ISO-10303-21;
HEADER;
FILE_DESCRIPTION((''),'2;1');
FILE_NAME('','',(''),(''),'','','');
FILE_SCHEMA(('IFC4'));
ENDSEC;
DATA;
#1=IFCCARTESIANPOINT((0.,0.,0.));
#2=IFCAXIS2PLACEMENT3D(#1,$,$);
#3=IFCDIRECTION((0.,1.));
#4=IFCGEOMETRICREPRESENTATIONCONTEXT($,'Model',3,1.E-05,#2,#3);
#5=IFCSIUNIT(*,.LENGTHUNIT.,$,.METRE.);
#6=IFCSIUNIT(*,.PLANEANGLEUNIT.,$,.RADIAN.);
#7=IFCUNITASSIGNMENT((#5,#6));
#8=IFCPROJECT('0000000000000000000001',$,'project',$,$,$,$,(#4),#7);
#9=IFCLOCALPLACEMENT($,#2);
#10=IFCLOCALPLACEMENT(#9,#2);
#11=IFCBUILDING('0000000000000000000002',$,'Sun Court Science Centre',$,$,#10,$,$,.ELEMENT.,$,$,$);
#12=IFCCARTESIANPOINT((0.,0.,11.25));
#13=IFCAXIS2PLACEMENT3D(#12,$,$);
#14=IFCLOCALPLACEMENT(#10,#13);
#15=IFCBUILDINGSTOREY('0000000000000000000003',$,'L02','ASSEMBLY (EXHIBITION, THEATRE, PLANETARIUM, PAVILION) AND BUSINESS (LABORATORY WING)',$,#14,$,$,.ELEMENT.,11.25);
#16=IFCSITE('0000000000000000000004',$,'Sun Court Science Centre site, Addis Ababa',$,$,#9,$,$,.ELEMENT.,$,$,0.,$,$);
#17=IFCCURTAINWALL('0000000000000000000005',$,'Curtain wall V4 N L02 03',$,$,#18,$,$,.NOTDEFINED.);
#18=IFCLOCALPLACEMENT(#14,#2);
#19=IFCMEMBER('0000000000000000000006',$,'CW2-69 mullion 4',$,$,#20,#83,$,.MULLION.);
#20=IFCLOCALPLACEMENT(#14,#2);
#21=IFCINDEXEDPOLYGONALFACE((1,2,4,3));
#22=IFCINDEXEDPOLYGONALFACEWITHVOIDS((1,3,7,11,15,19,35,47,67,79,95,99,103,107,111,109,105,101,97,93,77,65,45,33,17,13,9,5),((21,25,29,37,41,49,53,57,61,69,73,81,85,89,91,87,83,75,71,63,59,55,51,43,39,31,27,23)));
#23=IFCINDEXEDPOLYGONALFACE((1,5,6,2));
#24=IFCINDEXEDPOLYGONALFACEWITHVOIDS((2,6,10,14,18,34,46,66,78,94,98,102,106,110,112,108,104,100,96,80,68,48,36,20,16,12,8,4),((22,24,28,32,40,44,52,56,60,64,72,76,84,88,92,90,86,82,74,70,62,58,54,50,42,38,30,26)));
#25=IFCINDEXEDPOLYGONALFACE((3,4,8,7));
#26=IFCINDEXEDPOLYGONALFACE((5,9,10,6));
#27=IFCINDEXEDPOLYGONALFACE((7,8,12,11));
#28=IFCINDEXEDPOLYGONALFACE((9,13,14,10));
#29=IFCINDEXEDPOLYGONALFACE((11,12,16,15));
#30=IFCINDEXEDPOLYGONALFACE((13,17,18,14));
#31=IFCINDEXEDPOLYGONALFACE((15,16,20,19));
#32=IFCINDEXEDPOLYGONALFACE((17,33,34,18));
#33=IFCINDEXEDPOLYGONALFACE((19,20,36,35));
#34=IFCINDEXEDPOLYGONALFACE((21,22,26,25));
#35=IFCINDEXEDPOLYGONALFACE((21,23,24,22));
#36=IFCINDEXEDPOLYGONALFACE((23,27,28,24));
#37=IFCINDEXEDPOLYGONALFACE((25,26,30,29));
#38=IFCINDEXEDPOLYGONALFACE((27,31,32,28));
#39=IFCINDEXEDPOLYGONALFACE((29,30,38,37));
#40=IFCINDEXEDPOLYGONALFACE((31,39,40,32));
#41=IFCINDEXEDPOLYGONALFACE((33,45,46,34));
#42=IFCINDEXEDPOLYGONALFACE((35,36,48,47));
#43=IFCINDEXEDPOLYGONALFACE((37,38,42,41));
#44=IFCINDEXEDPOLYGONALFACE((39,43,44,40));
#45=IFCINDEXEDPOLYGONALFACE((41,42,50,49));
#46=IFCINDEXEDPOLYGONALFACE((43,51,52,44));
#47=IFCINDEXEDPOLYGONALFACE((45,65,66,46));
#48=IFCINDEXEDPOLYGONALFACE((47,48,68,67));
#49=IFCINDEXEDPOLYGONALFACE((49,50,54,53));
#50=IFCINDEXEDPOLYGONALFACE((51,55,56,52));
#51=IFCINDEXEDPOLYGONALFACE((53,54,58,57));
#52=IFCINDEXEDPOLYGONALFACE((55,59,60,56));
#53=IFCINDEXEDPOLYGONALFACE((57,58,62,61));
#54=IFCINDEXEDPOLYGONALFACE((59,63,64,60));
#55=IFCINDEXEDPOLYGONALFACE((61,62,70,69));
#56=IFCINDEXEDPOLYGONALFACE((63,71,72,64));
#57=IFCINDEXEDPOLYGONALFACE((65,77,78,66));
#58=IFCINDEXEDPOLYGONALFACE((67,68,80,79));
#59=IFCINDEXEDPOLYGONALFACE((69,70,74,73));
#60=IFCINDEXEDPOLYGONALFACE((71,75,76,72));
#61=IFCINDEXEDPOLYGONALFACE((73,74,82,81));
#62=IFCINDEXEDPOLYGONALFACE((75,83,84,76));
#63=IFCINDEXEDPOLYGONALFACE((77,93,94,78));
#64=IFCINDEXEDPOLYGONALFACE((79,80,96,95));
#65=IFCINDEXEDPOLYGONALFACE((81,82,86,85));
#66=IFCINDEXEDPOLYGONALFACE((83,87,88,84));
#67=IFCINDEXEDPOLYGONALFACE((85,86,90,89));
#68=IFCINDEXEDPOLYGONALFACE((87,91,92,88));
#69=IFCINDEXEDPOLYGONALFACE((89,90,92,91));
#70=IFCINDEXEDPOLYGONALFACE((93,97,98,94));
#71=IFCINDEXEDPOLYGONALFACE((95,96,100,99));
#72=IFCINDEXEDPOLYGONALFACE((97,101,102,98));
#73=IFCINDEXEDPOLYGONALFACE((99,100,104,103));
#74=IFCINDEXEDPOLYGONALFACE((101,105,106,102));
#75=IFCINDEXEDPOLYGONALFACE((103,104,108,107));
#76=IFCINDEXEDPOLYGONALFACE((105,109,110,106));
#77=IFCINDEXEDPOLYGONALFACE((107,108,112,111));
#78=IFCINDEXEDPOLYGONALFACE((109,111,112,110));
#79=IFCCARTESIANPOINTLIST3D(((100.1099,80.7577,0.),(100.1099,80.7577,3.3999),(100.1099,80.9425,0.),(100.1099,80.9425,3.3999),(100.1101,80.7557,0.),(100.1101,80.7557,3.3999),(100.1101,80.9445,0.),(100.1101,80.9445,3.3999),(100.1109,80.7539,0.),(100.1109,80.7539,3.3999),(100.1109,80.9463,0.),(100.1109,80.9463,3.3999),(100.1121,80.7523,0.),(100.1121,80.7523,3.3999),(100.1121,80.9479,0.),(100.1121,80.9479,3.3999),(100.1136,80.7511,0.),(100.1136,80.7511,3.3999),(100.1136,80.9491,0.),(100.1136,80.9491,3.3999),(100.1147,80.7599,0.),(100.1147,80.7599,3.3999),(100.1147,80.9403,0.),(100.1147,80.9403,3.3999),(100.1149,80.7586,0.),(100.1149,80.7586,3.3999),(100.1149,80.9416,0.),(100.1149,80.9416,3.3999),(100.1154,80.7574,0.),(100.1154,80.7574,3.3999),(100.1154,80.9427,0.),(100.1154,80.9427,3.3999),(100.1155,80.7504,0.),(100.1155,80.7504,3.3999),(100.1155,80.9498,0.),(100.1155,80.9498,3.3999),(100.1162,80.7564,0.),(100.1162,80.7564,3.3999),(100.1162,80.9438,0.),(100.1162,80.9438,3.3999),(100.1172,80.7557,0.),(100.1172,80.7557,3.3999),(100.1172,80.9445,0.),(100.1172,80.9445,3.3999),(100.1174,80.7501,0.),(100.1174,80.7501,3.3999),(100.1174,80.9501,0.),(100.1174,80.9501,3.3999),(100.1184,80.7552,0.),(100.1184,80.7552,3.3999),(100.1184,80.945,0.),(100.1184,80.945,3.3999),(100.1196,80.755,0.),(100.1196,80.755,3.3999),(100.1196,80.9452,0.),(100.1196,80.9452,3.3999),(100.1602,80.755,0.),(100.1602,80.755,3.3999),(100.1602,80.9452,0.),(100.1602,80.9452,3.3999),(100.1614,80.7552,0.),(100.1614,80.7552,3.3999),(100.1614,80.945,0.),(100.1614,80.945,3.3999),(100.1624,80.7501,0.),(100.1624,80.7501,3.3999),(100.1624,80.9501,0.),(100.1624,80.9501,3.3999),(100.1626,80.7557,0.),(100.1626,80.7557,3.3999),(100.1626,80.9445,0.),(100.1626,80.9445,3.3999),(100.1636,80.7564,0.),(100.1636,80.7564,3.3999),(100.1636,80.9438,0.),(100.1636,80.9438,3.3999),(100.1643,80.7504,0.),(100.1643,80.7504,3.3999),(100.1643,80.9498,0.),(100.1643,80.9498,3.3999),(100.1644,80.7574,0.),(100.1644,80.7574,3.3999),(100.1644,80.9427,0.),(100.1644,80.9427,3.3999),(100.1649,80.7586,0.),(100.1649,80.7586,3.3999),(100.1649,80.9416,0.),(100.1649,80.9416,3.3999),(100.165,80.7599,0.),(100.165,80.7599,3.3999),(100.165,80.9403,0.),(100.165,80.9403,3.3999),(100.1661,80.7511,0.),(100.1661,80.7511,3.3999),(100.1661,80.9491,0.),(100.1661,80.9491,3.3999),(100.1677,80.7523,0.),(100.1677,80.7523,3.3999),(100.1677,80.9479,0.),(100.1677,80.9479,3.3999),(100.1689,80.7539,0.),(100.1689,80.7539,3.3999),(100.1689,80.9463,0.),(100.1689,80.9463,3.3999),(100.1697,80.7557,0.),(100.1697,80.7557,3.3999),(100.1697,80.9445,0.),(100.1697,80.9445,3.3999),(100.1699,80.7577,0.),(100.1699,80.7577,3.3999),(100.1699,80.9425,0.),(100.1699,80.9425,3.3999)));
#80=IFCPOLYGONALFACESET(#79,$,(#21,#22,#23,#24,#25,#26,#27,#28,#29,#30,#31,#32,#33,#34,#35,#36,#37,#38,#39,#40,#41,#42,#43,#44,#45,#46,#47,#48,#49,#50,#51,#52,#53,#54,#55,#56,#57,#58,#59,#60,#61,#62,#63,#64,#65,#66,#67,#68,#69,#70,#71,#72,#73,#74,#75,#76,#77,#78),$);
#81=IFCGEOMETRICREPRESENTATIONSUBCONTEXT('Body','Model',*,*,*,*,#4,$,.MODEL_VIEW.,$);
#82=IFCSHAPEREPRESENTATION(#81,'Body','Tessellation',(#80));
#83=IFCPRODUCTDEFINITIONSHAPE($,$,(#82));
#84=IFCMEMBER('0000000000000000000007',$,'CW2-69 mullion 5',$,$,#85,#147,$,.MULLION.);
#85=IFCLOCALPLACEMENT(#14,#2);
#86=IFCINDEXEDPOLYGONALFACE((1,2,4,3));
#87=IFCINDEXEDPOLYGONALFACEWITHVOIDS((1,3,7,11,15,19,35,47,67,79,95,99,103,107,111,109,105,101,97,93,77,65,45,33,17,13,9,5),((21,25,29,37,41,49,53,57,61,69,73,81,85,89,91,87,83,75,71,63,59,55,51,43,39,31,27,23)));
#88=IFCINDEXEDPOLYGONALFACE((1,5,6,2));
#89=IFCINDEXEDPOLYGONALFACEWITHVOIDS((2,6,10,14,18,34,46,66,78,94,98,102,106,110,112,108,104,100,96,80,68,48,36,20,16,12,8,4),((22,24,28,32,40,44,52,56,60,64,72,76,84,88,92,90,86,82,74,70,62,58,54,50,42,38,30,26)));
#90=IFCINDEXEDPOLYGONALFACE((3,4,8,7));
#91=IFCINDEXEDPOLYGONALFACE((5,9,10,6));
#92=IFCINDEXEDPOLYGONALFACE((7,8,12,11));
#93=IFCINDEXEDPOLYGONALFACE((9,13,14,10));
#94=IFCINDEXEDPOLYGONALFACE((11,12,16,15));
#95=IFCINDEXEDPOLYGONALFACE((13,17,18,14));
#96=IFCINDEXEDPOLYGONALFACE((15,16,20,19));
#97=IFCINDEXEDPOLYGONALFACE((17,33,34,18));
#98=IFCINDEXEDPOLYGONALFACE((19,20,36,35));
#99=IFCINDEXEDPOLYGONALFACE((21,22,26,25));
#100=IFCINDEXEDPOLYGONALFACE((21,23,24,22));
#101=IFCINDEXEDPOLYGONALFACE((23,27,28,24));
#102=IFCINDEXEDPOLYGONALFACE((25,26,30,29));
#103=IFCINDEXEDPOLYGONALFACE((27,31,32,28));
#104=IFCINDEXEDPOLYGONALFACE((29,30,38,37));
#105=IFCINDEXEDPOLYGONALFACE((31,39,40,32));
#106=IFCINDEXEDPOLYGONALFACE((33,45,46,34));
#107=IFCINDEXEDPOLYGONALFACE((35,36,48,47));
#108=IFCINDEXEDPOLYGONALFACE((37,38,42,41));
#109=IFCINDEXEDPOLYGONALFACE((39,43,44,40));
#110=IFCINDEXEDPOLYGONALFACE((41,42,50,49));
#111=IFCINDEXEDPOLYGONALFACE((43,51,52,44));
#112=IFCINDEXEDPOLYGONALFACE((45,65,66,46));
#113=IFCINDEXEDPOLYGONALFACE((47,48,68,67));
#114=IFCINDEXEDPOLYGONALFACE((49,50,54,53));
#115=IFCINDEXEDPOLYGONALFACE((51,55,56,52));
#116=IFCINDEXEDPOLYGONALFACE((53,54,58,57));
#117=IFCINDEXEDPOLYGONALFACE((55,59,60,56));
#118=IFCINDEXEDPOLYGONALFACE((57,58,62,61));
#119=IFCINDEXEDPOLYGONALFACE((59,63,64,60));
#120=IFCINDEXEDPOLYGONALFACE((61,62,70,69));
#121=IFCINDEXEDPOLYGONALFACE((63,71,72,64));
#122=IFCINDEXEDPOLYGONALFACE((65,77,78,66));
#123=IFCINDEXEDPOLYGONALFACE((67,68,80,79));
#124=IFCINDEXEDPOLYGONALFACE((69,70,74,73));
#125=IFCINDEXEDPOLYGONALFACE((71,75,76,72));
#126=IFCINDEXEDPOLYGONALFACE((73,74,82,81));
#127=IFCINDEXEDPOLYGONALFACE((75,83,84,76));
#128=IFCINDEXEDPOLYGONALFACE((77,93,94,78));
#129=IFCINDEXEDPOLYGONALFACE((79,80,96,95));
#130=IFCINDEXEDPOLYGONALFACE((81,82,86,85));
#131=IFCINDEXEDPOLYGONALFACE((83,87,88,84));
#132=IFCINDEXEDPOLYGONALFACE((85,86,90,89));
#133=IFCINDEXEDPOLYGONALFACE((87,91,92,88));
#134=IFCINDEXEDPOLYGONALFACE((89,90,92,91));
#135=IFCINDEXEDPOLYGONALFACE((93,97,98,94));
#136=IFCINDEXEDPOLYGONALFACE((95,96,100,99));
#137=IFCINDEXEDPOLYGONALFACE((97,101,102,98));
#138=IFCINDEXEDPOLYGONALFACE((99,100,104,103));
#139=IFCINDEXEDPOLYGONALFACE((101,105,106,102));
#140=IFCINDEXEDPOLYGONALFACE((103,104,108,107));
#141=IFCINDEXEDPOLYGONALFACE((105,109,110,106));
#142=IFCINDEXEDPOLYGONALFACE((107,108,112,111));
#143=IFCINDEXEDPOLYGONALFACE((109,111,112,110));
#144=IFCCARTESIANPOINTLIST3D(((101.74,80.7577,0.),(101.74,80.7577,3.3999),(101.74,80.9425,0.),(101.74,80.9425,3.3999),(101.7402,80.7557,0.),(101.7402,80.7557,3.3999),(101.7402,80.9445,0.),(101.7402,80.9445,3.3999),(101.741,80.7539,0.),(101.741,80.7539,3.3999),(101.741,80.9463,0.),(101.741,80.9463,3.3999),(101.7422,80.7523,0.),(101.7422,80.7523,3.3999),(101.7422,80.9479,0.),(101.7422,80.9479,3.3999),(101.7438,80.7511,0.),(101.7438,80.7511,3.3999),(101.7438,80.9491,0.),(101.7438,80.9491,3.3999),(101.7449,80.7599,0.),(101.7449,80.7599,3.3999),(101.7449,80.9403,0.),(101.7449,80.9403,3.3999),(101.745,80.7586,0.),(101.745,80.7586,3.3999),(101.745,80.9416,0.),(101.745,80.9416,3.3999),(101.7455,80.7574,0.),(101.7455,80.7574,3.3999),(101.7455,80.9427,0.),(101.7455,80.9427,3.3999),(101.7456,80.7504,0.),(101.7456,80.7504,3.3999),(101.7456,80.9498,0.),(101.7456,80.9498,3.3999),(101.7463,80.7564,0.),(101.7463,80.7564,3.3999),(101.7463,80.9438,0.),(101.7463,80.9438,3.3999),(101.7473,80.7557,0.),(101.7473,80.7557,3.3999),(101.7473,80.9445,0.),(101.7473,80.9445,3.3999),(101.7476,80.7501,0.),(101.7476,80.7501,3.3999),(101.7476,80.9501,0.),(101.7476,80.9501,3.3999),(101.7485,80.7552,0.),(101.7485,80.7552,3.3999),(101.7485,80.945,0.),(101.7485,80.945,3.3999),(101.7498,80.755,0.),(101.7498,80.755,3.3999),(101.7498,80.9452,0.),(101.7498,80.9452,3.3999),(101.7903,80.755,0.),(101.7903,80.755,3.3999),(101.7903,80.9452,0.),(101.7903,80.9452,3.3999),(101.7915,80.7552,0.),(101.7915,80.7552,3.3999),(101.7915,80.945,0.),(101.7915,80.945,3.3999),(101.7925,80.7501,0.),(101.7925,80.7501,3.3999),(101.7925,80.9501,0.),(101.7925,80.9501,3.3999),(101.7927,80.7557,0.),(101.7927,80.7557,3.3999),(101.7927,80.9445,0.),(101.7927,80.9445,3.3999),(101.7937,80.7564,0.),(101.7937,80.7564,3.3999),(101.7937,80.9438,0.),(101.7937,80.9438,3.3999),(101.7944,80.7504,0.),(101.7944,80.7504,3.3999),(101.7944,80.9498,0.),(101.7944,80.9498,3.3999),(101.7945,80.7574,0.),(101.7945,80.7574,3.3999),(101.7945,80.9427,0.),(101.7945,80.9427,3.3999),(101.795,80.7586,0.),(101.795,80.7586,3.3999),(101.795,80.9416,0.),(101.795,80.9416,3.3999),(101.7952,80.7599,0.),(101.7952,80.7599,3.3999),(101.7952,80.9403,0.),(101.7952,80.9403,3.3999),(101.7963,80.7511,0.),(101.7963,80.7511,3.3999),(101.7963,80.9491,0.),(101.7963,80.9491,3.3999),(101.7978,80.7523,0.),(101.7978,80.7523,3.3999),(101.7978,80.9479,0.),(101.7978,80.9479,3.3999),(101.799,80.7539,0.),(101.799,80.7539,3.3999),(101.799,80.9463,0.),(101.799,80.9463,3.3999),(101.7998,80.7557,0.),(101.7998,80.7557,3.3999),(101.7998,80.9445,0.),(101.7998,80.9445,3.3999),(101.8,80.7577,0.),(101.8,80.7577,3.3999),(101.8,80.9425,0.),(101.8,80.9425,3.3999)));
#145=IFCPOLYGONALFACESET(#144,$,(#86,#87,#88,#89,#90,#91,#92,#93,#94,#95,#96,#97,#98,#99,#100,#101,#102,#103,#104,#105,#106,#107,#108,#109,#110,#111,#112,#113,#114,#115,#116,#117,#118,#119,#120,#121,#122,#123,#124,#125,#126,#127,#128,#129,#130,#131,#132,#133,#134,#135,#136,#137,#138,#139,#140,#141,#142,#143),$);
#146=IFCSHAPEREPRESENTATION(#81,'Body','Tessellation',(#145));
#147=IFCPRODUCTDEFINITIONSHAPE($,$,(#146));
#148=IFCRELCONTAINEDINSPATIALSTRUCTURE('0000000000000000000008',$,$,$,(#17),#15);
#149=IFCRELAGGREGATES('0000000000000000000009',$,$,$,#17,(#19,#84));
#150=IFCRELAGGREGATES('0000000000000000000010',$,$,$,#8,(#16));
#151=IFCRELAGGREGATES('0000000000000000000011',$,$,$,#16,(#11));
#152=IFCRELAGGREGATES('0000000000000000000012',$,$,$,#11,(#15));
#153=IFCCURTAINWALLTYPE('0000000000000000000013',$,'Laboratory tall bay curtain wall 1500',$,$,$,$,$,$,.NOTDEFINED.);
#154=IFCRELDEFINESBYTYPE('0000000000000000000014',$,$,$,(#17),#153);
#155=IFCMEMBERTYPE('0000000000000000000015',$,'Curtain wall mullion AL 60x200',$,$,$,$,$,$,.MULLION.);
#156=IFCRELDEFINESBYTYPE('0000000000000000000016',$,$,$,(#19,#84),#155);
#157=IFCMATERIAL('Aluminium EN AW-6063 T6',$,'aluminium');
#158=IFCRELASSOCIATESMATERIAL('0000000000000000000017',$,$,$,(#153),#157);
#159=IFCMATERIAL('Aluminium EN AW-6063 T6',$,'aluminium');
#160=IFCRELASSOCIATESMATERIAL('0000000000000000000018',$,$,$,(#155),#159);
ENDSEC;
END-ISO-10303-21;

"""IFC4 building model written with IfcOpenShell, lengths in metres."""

from ifc_helpers import new_model, si_unit, direction, frame, origin, origin_2d, place, context, subcontext, project, spatial, hollow_rectangle, extrude, material, material_profile, profile_set, type_object, element, aggregate, save


model = new_model("IFC4")

# Units and contexts
model_context = context("Model", 3, precision=1e-05, world=origin(), true_north=direction((0.0, 1.0)))
body_context = subcontext(model_context, "Body", "Model", "MODEL_VIEW")
ifc_project = project(units=[si_unit("LENGTHUNIT", "METRE"), si_unit("PLANEANGLEUNIT", "RADIAN")], contexts=[model_context])

# Site, building, storey
site_placement = place(None, origin())
site = spatial("IfcSite", under=ifc_project, at=site_placement, Name="Sun Court Science Centre site, Addis Ababa", CompositionType="ELEMENT", RefElevation=0.0)
building_placement = place(site_placement, origin())
building = spatial("IfcBuilding", under=site, at=building_placement, Name="Sun Court Science Centre", CompositionType="ELEMENT")
storey_placement = place(building_placement, frame((0.0, 0.0, 11.25)))
storey = spatial("IfcBuildingStorey", under=building, at=storey_placement, Name="L02", Description="ASSEMBLY (EXHIBITION, THEATRE, PLANETARIUM, PAVILION) AND BUSINESS (LABORATORY WING)", CompositionType="ELEMENT", Elevation=11.25)

# Curtain wall, members
ifc_material_1 = material(Name="Aluminium EN AW-6063 T6", Category="aluminium")
curtain_wall_type = type_object("IfcCurtainWallType", Name="Laboratory tall bay curtain wall 1500", PredefinedType="NOTDEFINED", material=ifc_material_1)
curtain_wall_placement = place(storey_placement, origin())
curtain_wall = element("IfcCurtainWall", 1, at=curtain_wall_placement, inside=storey, type_object=curtain_wall_type, Name="Curtain wall V4 N L02 03", PredefinedType="NOTDEFINED")
ifc_material_2 = material(Name="Aluminium EN AW-6063 T6", Category="aluminium")
ifc_material_profile_1 = material_profile(ifc_material_2, hollow_rectangle(XDim=0.0601, YDim=0.2, WallThickness=0.0049, InnerFilletRadius=0.0049, OuterFilletRadius=0.0076, at=origin_2d()), Name="AL 60x200x5")
ifc_profile_set_1 = profile_set([ifc_material_profile_1], Name="Aluminium EN AW-6063 T6")
member_type_1 = type_object("IfcMemberType", Name="Curtain wall mullion AL 60x200", PredefinedType="MULLION", material=ifc_profile_set_1)
member_1_placement = place(storey_placement, frame((100.1399, 80.8501, 0.0), z_axis=(0.0, 0.0, 1.0), x_axis=(1.0, 0.0, 0.0)))
member_1 = element("IfcMember", 2, at=member_1_placement, type_object=member_type_1, Name="CW2-69 mullion 4", PredefinedType="MULLION", context=body_context, shape_type="SweptSolid", body=[
    extrude(hollow_rectangle(XDim=0.0601, YDim=0.2, WallThickness=0.0049, InnerFilletRadius=0.0049, OuterFilletRadius=0.0076, at=origin_2d()), origin(), (0.0, 0.0, 1.0), 3.3999),
])
member_2_placement = place(storey_placement, frame((101.77, 80.8501, 0.0), z_axis=(0.0, 0.0, 1.0), x_axis=(1.0, 0.0, 0.0)))
member_2 = element("IfcMember", 3, at=member_2_placement, type_object=member_type_1, Name="CW2-69 mullion 5", PredefinedType="MULLION", context=body_context, shape_type="SweptSolid", body=[
    extrude(hollow_rectangle(XDim=0.0601, YDim=0.2, WallThickness=0.0049, InnerFilletRadius=0.0049, OuterFilletRadius=0.0076, at=origin_2d()), origin(), (0.0, 0.0, 1.0), 3.3999),
])
aggregate(curtain_wall, [member_1, member_2])

save(model, "model.ifc")
